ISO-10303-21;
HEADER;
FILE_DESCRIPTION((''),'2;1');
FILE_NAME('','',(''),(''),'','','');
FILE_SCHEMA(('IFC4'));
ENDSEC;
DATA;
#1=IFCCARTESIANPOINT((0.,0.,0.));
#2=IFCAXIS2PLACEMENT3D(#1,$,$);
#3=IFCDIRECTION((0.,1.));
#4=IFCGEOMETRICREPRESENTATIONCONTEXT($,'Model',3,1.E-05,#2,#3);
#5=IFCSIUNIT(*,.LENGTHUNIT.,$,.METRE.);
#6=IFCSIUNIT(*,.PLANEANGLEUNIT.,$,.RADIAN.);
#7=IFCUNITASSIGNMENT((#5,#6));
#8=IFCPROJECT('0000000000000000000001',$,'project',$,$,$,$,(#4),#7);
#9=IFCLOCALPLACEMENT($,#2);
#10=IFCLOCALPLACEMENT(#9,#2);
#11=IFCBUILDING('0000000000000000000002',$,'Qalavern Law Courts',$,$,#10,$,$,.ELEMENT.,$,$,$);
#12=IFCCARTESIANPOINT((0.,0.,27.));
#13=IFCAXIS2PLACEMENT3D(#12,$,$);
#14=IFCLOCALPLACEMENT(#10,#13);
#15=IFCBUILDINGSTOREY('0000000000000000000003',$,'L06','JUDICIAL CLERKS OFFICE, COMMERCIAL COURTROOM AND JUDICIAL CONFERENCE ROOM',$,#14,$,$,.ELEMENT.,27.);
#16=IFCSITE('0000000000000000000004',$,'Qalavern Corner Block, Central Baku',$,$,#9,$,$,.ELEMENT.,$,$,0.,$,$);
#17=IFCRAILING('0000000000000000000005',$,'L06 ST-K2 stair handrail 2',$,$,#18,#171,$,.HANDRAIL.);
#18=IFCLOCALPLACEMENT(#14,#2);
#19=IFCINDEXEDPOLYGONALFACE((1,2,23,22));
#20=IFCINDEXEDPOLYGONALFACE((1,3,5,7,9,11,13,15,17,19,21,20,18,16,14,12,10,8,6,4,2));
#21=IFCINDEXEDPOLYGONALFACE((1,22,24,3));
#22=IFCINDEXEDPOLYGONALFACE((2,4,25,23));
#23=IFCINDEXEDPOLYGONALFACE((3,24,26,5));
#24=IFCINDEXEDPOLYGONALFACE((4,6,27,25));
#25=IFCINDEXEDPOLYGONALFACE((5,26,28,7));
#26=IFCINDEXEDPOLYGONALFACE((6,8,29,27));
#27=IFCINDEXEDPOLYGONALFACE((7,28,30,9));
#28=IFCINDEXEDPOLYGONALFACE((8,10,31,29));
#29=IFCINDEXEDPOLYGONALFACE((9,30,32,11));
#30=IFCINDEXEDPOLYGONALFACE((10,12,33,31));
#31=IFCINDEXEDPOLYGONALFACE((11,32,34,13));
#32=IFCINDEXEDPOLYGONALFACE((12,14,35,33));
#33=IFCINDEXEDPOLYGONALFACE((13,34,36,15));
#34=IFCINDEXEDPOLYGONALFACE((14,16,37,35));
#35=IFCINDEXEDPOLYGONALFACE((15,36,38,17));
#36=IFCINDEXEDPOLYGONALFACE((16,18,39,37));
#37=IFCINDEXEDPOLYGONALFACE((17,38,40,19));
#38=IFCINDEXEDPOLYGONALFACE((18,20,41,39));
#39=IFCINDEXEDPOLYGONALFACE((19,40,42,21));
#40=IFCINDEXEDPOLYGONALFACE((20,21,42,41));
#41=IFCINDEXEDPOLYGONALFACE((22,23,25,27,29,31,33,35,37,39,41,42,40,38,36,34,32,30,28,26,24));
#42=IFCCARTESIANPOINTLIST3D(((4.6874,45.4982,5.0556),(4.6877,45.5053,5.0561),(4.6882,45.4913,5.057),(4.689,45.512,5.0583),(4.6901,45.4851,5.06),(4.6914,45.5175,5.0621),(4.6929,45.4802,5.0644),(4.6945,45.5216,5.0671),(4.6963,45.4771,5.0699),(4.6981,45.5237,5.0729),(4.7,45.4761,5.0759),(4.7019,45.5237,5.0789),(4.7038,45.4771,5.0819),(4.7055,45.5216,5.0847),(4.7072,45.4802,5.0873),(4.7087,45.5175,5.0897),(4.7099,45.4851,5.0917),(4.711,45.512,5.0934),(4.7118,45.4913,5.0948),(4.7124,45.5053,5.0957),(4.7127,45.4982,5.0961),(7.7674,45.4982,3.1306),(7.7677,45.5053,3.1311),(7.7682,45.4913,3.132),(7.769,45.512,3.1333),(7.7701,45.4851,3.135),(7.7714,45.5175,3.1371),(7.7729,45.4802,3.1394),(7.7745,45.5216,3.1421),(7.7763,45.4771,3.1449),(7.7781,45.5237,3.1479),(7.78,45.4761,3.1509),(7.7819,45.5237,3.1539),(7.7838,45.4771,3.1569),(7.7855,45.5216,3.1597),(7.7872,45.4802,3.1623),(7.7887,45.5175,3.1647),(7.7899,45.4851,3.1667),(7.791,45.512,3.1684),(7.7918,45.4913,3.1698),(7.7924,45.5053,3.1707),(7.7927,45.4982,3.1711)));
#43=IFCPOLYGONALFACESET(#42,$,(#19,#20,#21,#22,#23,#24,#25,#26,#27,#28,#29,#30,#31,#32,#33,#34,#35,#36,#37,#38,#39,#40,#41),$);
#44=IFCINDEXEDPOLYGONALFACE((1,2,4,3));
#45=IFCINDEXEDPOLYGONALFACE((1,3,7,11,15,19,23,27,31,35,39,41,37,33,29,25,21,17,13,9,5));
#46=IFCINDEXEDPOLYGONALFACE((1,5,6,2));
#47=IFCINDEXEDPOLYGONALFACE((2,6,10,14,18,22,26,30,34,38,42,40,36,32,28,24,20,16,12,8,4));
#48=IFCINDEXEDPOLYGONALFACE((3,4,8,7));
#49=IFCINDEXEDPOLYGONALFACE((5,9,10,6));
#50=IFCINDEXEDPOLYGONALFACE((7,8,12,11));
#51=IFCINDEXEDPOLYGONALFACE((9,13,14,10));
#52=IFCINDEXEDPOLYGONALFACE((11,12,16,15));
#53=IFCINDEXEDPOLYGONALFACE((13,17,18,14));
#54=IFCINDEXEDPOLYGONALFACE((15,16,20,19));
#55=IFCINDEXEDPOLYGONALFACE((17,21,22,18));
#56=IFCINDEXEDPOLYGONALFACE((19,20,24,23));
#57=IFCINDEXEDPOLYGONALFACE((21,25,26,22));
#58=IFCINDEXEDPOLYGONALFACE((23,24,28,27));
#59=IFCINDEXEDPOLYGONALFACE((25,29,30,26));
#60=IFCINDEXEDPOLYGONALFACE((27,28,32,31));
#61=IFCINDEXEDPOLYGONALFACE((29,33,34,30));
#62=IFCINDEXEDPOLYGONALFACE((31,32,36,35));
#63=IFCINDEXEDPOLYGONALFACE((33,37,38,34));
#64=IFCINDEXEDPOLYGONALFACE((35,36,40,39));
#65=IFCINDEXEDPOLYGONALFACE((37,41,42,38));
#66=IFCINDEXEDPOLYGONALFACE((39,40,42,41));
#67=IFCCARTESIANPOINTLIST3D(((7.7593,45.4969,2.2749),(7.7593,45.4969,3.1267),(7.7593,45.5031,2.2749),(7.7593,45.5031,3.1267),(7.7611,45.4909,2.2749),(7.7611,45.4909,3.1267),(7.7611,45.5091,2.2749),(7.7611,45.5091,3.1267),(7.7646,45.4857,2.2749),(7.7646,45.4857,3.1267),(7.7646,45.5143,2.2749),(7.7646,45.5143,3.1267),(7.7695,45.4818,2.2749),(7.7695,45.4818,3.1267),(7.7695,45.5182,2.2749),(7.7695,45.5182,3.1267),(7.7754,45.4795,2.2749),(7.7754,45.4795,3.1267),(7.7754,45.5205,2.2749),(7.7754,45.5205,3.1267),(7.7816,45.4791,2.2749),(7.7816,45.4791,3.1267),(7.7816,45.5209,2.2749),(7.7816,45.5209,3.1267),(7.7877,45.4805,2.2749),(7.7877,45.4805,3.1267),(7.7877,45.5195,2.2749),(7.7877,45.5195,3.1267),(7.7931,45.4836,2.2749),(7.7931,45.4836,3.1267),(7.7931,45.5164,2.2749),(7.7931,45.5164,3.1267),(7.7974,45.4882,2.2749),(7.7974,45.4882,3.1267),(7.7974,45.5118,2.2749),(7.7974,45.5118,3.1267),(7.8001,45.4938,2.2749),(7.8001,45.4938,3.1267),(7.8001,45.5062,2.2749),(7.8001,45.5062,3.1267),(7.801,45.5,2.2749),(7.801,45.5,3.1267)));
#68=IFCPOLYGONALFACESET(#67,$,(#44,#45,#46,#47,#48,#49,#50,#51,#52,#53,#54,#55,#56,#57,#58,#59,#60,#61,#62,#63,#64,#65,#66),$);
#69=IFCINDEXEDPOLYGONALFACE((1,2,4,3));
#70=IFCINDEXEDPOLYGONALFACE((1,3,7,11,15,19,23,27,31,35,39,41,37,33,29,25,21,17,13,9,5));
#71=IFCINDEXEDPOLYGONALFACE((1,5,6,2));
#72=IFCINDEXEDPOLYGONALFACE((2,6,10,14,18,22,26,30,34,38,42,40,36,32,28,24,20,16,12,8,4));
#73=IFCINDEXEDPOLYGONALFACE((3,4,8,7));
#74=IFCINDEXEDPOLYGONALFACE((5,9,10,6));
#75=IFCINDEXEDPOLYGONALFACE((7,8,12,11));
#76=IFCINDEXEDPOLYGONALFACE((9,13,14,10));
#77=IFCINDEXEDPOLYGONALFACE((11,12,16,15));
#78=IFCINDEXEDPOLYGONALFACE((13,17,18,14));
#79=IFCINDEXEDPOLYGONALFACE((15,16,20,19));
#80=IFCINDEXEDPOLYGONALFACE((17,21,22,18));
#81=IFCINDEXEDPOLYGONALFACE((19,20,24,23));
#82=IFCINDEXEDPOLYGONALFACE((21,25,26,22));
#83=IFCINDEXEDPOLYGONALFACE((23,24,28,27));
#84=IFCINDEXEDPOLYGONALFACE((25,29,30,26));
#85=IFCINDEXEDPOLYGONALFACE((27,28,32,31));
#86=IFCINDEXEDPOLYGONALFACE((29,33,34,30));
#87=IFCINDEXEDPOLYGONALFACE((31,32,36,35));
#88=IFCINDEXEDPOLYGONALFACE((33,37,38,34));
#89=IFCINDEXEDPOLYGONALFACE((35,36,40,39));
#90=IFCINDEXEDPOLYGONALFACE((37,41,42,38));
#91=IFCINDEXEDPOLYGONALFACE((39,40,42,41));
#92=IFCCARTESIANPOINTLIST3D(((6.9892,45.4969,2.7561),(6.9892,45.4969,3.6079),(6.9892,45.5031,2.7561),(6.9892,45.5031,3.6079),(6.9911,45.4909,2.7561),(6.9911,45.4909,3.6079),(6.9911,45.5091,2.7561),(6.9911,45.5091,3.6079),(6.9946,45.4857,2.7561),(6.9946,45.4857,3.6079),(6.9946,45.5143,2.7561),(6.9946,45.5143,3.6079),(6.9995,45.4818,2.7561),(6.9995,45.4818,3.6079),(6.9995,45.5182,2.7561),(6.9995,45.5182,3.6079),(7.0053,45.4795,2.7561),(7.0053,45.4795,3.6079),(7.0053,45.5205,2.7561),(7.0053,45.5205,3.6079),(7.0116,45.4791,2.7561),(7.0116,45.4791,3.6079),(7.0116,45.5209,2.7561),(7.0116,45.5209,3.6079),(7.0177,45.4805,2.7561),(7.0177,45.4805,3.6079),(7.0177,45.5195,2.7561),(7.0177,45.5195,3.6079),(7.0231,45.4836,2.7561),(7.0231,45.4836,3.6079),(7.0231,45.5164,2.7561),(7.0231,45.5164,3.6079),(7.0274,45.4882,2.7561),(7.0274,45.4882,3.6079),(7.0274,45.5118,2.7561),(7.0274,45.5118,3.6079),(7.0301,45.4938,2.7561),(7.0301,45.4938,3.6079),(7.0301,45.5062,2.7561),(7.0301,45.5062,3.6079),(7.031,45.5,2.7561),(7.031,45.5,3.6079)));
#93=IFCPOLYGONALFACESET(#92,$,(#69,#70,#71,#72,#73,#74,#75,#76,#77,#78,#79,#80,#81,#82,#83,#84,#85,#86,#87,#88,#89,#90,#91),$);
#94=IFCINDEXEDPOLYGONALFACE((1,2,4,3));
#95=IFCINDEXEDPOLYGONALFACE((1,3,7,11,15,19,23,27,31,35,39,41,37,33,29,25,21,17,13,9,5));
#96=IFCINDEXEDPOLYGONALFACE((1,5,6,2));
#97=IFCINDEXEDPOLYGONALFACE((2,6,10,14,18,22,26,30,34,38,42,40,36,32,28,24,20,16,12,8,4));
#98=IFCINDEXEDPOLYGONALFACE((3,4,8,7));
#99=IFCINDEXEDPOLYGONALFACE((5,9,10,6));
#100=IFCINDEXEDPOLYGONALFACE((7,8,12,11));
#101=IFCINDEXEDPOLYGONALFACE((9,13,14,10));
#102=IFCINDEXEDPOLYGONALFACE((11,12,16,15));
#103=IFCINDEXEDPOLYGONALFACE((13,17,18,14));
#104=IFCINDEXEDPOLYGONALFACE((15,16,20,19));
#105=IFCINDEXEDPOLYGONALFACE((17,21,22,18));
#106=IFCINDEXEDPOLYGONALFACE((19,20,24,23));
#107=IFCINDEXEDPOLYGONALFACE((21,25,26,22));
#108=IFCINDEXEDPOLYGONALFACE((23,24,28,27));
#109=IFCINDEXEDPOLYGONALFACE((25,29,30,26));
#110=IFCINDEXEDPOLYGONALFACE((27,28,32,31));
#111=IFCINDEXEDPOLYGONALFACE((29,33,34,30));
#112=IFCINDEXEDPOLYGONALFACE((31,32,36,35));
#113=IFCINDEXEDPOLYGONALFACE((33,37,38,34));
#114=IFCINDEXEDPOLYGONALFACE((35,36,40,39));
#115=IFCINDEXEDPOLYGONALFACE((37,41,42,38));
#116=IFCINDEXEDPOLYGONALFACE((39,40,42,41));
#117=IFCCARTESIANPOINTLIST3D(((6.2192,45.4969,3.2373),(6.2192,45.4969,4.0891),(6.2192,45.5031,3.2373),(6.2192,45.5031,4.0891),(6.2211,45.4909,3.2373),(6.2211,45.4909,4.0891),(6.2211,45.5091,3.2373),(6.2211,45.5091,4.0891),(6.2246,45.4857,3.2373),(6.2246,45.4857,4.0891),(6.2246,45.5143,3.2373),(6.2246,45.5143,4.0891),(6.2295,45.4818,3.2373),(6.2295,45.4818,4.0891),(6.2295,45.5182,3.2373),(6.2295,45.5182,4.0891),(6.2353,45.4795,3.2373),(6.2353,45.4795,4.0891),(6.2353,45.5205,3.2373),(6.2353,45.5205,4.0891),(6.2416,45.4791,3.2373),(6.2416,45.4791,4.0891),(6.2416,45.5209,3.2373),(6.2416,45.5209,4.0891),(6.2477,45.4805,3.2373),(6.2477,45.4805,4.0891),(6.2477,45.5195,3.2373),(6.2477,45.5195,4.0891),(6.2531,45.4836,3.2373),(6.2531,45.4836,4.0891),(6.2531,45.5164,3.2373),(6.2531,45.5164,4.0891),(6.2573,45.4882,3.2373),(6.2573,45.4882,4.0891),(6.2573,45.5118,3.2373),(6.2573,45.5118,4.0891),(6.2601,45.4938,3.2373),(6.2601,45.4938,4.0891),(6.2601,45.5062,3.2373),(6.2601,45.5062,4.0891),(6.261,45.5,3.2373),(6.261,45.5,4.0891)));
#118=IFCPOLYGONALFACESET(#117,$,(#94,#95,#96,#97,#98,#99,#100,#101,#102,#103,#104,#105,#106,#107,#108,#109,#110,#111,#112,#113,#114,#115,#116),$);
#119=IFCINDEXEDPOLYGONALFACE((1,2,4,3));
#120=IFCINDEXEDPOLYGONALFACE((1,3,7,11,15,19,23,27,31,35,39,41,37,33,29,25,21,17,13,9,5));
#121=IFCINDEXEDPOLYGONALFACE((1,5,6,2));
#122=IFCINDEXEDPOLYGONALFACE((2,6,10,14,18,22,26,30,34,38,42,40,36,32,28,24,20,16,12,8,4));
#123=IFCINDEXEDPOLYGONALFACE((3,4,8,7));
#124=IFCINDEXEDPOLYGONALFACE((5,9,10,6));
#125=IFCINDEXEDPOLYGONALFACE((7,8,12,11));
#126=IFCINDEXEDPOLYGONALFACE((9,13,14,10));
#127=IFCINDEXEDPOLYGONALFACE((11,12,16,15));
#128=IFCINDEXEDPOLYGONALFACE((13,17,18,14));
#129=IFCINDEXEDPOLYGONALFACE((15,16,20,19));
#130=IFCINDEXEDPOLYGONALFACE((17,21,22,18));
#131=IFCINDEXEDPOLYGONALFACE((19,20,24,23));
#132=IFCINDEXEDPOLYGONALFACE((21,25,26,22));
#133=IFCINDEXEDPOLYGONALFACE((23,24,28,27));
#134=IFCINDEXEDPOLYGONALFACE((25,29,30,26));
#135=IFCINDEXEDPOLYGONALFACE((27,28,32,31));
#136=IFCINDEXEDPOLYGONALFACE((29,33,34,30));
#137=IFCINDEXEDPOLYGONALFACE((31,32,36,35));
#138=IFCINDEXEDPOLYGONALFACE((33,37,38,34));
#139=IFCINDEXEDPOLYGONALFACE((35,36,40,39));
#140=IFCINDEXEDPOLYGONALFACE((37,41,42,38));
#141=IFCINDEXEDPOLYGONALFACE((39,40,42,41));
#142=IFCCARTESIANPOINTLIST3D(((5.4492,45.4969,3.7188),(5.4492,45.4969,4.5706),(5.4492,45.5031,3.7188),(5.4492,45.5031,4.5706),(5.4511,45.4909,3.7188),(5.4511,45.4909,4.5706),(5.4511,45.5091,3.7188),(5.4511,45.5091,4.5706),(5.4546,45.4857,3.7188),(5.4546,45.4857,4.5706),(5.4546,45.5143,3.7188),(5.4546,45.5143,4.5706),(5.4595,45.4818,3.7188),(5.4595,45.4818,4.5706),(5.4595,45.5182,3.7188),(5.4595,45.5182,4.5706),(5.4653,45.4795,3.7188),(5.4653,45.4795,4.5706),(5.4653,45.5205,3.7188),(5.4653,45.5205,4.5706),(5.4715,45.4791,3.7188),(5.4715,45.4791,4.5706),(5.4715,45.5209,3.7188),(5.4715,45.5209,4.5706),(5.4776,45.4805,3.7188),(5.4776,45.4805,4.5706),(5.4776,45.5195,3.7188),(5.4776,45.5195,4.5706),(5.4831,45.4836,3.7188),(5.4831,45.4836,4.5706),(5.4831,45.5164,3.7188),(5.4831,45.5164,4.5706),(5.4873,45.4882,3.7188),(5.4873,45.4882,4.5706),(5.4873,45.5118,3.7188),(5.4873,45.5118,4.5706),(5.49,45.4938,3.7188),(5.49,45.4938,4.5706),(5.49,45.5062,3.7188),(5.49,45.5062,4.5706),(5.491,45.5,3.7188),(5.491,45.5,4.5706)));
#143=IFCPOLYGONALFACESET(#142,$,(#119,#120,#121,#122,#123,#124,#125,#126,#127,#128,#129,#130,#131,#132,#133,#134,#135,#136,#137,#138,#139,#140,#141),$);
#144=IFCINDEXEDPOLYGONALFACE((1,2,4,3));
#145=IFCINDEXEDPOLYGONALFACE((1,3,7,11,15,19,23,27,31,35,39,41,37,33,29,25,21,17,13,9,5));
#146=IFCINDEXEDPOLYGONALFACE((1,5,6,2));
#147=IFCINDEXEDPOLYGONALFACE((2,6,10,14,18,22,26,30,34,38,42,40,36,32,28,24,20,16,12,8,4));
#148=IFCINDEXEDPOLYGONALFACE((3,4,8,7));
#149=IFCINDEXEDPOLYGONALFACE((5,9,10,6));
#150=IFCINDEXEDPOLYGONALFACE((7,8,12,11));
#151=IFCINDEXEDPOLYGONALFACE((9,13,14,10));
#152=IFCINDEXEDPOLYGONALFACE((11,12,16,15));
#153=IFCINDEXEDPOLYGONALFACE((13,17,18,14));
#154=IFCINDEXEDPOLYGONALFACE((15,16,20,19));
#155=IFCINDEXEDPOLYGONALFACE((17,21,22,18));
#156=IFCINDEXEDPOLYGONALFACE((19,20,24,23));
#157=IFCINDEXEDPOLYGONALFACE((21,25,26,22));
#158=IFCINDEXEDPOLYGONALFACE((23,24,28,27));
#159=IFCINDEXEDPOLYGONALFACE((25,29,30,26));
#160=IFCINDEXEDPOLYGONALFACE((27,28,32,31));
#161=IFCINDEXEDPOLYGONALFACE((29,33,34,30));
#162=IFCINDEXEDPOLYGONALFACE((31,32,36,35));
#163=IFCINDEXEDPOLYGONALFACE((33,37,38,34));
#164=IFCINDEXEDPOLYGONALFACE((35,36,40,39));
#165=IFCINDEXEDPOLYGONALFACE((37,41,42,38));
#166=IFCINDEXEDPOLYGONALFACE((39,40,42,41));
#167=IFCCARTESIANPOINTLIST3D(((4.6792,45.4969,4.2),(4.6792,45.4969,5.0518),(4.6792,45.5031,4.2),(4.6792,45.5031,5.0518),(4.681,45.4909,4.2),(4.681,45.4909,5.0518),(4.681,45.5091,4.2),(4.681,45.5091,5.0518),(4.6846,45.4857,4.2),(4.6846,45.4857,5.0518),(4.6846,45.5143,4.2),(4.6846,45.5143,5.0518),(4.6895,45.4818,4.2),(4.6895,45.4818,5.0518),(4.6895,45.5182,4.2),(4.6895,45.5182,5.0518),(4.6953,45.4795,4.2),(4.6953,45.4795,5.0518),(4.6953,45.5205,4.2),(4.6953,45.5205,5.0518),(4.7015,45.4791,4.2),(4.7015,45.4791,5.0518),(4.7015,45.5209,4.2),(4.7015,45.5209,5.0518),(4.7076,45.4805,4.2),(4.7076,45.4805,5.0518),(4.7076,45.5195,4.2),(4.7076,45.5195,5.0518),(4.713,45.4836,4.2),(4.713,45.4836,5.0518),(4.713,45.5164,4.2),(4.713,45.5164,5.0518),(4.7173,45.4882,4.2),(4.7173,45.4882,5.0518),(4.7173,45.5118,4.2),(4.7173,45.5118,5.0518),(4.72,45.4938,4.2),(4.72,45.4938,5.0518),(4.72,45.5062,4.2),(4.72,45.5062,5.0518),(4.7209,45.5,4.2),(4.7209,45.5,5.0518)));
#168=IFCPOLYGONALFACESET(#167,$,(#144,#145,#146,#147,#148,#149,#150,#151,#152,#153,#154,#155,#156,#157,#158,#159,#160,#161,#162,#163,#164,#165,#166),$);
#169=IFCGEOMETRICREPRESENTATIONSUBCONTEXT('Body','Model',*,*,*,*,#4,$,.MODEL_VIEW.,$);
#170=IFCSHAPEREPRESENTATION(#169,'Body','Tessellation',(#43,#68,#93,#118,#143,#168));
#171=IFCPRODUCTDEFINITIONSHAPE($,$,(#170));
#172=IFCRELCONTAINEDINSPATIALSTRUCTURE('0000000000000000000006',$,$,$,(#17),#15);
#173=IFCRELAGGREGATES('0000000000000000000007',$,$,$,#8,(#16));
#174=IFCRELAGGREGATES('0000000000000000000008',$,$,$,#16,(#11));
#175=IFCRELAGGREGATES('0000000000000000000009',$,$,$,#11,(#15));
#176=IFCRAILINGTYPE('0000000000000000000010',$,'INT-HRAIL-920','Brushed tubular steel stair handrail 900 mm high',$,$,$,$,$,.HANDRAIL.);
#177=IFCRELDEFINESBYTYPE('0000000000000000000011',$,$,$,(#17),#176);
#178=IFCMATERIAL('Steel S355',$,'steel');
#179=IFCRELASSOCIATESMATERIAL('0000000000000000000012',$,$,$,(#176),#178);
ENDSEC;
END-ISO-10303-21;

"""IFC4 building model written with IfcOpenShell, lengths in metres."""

from ifc_helpers import new_model, si_unit, direction, frame, origin, origin_2d, place, context, subcontext, project, spatial, circle, extrude, material, type_object, element, save


model = new_model("IFC4")

# Units and contexts
model_context = context("Model", 3, precision=1e-05, world=origin(), true_north=direction((0.0, 1.0)))
body_context = subcontext(model_context, "Body", "Model", "MODEL_VIEW")
ifc_project = project(units=[si_unit("LENGTHUNIT", "METRE"), si_unit("PLANEANGLEUNIT", "RADIAN")], contexts=[model_context])

# Site, building, storey
site_placement = place(None, origin())
site = spatial("IfcSite", under=ifc_project, at=site_placement, Name="Qalavern Corner Block, Central Baku", CompositionType="ELEMENT", RefElevation=0.0)
building_placement = place(site_placement, origin())
building = spatial("IfcBuilding", under=site, at=building_placement, Name="Qalavern Law Courts", CompositionType="ELEMENT")
storey_placement = place(building_placement, frame((0.0, 0.0, 27.0)))
storey = spatial("IfcBuildingStorey", under=building, at=storey_placement, Name="L06", Description="JUDICIAL CLERKS OFFICE, COMMERCIAL COURTROOM AND JUDICIAL CONFERENCE ROOM", CompositionType="ELEMENT", Elevation=27.0)

# Shared definitions
ifc_material_1 = material(Name="Steel S355", Category="steel")

# Railing
railing_type_1 = type_object("IfcRailingType", Name="INT-HRAIL-920", Description="Brushed tubular steel stair handrail 900 mm high", PredefinedType="HANDRAIL", material=ifc_material_1)
railing_1_placement = place(storey_placement, frame((7.78, 45.5, 2.2749)))
element("IfcRailing", 1, at=railing_1_placement, inside=storey, type_object=railing_type_1, Name="L06 ST-K2 stair handrail 2", PredefinedType="HANDRAIL", context=body_context, shape_type="SweptSolid", body=[
    extrude(circle(Radius=0.0239, at=origin_2d()), frame((0.0, 0.0, 0.876), z_axis=(-0.847998, 0.0, 0.529999), x_axis=(0.0, -1.0, 0.0)), (0.0, 0.0, 1.0), 3.6321),
    extrude(circle(Radius=0.021, at=origin_2d()), origin(), (0.0, 0.0, 1.0), 0.8518),
    extrude(circle(Radius=0.021, at=origin_2d()), frame((-0.77, 0.0, 0.4812)), (0.0, 0.0, 1.0), 0.8518),
    extrude(circle(Radius=0.021, at=origin_2d()), frame((-1.54, 0.0, 0.9624)), (0.0, 0.0, 1.0), 0.8518),
    extrude(circle(Radius=0.021, at=origin_2d()), frame((-2.3101, 0.0, 1.4438)), (0.0, 0.0, 1.0), 0.8518),
    extrude(circle(Radius=0.021, at=origin_2d()), frame((-3.0801, 0.0, 1.925)), (0.0, 0.0, 1.0), 0.8518),
])

save(model, "model.ifc")
